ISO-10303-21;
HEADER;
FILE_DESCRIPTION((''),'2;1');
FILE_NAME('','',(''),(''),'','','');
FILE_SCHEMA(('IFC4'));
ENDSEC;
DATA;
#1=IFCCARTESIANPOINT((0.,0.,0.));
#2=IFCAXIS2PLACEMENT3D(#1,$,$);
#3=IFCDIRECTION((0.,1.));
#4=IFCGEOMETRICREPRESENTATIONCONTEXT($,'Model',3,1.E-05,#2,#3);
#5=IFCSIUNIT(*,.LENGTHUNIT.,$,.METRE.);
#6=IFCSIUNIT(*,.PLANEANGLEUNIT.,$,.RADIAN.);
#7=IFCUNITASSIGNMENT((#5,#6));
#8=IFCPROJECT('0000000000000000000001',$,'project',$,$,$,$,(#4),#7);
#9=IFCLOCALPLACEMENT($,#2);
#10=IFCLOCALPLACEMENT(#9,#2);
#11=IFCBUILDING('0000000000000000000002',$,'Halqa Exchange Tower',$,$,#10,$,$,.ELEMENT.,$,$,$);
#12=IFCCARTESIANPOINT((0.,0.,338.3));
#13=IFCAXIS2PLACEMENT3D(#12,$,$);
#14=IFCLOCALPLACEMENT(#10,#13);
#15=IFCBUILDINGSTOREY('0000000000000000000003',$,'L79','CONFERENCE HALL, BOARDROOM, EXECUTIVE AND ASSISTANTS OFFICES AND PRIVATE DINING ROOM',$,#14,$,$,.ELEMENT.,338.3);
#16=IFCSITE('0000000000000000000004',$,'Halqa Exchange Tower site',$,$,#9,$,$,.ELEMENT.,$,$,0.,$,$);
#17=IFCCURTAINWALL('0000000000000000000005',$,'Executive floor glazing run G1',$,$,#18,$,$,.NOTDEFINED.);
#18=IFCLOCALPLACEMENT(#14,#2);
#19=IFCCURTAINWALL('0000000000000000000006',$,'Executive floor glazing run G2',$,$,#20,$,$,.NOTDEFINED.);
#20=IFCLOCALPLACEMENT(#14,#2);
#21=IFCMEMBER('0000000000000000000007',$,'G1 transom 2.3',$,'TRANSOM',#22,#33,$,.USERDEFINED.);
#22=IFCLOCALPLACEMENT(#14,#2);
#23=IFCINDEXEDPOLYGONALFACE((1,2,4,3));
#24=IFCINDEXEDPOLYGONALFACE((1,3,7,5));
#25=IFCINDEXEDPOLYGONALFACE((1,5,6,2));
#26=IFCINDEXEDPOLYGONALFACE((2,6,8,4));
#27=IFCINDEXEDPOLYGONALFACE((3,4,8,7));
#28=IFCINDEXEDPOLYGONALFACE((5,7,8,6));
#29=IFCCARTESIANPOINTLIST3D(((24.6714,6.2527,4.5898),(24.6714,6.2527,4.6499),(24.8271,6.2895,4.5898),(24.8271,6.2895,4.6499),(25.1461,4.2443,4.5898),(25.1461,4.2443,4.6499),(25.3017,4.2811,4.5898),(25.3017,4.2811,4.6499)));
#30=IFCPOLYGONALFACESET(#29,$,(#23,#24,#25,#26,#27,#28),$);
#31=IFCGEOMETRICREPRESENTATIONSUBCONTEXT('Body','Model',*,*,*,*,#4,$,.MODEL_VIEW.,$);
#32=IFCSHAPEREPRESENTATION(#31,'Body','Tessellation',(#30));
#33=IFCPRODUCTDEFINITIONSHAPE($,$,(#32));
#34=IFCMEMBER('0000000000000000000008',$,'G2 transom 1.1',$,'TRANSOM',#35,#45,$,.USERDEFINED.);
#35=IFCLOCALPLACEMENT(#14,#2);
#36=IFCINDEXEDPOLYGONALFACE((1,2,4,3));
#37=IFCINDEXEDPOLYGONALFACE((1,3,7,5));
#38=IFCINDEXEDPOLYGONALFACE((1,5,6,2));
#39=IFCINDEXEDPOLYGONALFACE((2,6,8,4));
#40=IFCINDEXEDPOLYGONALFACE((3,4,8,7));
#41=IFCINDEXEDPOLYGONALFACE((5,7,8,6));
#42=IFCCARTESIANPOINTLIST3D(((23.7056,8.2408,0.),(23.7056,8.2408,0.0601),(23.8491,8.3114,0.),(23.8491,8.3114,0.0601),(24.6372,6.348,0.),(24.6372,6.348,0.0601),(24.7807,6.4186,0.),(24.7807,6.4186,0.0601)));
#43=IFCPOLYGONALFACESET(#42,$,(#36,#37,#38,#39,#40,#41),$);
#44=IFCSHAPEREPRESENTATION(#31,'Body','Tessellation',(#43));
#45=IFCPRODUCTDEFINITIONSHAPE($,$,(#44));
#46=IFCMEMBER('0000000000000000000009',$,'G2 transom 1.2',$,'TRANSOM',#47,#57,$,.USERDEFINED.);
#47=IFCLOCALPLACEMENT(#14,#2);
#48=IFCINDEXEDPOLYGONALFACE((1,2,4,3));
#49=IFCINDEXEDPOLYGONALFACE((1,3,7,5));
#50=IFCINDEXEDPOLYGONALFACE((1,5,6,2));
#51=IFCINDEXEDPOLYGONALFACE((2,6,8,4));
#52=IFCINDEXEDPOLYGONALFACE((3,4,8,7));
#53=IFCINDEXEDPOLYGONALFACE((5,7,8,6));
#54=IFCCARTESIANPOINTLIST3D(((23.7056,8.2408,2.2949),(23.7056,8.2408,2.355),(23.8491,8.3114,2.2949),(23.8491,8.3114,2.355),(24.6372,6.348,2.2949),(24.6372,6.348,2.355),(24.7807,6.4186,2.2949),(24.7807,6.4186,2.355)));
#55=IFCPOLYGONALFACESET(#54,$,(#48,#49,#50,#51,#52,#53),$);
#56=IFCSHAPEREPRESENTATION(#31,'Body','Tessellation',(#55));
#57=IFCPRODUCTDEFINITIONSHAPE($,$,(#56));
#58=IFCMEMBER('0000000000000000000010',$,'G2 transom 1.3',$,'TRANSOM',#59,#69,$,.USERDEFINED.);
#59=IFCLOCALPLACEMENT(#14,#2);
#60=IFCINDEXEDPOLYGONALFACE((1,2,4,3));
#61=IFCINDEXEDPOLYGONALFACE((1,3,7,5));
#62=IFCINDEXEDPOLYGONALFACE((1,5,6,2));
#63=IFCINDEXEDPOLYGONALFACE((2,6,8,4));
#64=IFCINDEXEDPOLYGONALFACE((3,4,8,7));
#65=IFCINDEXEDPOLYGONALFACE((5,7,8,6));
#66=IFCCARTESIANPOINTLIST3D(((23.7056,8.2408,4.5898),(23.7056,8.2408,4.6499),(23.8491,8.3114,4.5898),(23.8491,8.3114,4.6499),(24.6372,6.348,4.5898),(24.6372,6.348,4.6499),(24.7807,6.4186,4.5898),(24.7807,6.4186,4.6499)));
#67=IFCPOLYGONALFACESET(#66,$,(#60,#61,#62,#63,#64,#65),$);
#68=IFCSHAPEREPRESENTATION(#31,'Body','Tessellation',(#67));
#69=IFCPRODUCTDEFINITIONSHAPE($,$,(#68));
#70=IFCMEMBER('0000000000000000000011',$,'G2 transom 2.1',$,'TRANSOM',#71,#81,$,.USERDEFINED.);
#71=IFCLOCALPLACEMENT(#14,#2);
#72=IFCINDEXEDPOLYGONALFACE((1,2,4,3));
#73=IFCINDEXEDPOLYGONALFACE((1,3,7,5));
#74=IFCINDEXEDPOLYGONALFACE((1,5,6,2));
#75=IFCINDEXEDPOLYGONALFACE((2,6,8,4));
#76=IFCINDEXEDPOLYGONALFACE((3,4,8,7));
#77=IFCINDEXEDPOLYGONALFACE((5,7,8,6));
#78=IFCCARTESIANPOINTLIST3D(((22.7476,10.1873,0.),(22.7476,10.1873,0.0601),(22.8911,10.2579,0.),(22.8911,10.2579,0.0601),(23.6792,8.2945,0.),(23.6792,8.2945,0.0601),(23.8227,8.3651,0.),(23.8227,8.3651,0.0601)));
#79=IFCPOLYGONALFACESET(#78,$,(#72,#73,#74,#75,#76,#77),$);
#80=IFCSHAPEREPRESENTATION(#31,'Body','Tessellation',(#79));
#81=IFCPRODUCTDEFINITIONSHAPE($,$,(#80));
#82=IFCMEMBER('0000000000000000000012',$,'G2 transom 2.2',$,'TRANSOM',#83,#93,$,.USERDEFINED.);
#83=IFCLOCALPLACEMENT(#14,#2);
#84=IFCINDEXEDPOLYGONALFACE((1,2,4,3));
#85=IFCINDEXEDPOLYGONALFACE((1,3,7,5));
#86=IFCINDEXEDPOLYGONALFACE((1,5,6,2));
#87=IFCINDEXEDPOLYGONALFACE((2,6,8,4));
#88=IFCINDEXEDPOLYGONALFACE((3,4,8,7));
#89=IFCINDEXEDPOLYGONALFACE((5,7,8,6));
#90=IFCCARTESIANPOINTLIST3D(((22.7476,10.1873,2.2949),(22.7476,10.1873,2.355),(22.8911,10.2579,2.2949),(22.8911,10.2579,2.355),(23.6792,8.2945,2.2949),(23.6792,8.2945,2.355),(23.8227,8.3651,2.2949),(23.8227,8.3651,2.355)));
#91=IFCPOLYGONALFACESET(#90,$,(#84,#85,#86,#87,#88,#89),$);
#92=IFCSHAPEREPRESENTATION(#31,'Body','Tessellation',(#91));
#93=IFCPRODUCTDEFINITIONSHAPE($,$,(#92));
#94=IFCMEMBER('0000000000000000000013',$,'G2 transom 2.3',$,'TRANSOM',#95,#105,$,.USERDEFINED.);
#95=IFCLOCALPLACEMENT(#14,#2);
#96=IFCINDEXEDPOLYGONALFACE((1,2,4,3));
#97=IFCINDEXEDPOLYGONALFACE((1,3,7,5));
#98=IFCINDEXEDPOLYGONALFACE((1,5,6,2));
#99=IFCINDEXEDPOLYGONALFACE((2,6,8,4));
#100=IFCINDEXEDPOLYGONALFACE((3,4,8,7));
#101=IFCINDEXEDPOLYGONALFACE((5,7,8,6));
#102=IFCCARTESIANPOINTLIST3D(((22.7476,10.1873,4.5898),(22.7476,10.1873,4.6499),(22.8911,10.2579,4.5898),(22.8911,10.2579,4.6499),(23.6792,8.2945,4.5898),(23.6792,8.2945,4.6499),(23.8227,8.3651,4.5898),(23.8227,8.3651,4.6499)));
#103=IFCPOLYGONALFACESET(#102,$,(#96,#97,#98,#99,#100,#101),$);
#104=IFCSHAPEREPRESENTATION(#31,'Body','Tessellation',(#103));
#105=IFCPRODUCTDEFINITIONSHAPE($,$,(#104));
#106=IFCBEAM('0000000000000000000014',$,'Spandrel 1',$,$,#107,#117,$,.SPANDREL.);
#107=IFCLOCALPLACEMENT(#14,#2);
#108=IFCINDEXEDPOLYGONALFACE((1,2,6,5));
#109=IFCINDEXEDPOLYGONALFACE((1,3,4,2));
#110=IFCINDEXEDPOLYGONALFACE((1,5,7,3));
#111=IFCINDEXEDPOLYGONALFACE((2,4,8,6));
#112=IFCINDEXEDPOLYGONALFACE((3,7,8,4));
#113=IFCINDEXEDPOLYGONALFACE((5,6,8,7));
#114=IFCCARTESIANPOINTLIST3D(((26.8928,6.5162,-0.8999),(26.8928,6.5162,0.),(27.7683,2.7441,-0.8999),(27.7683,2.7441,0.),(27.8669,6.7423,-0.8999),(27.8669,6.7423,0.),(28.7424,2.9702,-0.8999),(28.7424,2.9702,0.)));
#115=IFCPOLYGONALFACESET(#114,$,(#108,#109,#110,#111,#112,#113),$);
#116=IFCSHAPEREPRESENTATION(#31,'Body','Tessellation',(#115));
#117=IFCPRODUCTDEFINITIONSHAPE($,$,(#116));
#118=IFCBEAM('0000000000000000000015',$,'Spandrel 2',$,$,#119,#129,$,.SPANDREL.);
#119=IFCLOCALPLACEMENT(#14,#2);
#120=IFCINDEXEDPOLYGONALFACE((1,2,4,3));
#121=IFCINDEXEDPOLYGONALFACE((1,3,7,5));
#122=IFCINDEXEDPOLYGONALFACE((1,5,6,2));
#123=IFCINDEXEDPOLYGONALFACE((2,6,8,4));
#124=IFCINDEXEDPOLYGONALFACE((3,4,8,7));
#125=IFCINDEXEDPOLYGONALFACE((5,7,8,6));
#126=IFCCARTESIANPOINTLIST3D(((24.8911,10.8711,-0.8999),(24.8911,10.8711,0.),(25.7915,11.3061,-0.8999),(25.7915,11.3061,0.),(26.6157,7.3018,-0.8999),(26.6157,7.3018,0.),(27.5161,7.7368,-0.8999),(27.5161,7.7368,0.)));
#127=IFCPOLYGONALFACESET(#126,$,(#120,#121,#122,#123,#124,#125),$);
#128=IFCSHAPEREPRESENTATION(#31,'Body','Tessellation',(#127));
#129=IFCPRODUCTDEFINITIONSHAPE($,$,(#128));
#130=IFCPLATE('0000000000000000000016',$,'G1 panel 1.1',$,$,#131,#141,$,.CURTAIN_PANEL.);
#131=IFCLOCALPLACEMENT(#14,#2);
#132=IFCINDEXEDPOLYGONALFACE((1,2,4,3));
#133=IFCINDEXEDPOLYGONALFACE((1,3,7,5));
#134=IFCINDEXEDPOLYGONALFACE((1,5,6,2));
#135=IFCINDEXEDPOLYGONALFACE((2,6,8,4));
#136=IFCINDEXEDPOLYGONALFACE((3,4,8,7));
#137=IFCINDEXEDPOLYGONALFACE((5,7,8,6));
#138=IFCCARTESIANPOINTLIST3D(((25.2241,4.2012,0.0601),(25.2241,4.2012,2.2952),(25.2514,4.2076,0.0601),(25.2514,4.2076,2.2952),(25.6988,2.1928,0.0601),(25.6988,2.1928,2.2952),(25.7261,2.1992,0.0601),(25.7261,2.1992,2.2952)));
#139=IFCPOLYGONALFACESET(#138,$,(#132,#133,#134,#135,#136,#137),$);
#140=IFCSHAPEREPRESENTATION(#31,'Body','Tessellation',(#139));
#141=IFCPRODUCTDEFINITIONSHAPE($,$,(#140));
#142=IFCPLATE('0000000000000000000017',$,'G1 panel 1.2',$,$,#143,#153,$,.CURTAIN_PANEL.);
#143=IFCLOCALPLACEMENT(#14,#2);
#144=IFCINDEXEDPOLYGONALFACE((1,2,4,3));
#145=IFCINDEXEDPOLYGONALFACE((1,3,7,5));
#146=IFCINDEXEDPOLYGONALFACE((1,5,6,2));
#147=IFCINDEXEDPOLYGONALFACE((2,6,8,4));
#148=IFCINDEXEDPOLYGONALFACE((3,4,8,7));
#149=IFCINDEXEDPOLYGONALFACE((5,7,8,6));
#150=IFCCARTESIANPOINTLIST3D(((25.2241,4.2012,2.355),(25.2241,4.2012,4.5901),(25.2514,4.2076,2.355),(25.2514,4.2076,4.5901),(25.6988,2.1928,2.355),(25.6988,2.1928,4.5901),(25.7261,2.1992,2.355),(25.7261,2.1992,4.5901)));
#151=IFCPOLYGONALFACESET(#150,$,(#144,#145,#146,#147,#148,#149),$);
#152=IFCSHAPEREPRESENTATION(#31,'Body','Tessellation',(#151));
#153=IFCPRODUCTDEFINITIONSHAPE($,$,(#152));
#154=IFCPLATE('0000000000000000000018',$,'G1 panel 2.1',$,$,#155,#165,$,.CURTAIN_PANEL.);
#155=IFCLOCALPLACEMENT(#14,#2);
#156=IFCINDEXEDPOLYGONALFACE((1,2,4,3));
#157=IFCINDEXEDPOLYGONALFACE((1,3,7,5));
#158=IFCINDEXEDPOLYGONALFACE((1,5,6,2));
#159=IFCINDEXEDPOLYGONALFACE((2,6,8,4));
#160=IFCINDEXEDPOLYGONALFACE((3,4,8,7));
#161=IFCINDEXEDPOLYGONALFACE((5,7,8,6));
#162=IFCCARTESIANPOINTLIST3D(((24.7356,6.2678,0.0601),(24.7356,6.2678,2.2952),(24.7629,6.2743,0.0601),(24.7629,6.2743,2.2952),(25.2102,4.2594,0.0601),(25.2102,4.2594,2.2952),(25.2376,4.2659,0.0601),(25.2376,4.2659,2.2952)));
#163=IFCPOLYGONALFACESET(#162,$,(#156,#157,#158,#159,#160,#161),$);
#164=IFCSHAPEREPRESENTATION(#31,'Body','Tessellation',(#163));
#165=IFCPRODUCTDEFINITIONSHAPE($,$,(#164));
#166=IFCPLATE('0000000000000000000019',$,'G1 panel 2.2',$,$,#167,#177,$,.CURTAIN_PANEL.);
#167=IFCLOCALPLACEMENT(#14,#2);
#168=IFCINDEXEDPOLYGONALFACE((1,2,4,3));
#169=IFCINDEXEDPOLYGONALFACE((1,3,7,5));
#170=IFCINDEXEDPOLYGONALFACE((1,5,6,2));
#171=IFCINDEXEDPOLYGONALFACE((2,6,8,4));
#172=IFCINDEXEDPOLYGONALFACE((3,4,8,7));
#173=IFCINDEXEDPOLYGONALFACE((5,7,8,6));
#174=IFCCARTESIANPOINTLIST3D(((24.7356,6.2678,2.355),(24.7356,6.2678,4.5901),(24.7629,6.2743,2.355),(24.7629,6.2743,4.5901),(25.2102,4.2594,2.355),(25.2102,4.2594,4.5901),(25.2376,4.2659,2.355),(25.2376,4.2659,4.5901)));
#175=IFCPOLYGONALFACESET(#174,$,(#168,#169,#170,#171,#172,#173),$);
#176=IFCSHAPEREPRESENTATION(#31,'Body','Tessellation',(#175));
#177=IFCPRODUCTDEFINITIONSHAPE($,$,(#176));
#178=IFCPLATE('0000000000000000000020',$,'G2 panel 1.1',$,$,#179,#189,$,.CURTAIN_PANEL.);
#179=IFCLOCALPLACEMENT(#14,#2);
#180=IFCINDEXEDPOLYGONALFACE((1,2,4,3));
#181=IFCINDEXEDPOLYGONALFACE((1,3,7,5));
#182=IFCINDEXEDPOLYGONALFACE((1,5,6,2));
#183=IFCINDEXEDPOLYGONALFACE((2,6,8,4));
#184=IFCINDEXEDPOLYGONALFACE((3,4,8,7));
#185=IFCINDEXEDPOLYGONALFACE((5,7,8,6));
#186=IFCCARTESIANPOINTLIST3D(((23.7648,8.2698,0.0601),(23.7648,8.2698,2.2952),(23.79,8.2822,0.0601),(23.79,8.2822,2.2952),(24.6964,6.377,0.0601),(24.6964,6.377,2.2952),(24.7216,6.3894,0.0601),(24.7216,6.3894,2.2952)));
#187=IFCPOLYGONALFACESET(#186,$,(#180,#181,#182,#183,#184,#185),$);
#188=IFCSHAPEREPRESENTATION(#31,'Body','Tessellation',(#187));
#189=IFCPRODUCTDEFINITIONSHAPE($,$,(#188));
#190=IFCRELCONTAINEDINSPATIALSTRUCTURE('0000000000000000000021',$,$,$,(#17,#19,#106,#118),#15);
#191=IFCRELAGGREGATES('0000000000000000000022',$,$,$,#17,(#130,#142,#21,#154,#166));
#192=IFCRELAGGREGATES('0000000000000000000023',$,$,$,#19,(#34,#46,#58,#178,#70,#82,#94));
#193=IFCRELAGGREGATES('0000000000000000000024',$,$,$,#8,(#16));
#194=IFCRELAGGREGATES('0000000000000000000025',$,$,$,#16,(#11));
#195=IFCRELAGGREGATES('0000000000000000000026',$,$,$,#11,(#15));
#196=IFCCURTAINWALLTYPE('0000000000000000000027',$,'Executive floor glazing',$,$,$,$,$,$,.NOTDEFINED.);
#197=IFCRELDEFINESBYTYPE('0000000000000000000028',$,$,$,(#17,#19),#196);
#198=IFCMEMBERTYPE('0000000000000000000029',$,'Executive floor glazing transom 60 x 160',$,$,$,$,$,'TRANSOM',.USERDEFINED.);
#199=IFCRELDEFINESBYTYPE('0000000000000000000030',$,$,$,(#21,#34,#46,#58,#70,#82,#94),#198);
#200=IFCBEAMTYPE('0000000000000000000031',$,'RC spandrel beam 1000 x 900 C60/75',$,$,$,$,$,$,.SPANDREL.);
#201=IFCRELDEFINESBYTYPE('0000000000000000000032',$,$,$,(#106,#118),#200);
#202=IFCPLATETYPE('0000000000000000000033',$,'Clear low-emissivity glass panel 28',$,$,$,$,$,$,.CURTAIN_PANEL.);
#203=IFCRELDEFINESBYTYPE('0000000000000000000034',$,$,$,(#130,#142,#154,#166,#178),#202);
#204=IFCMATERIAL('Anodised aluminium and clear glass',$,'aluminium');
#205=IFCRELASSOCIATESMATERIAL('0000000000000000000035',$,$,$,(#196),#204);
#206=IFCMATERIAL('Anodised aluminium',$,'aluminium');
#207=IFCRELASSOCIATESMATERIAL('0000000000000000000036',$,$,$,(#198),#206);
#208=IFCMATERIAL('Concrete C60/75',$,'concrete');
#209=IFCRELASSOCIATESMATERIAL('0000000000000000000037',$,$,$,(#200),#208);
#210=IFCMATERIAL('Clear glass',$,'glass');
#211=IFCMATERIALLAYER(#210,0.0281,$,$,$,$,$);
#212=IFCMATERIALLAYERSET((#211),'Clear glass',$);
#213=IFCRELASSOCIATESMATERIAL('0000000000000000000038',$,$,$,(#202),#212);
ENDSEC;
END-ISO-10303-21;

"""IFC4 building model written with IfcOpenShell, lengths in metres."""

from ifc_helpers import new_model, si_unit, direction, frame, origin, origin_2d, place, context, subcontext, project, spatial, rectangle, extrude, material, layer, layer_set, material_profile, profile_set, type_object, element, aggregate, save


model = new_model("IFC4")

# Units and contexts
model_context = context("Model", 3, precision=1e-05, world=origin(), true_north=direction((0.0, 1.0)))
body_context = subcontext(model_context, "Body", "Model", "MODEL_VIEW")
ifc_project = project(units=[si_unit("LENGTHUNIT", "METRE"), si_unit("PLANEANGLEUNIT", "RADIAN")], contexts=[model_context])

# Site, building, storey
site_placement = place(None, origin())
site = spatial("IfcSite", under=ifc_project, at=site_placement, Name="Halqa Exchange Tower site", CompositionType="ELEMENT", RefElevation=0.0)
building_placement = place(site_placement, origin())
building = spatial("IfcBuilding", under=site, at=building_placement, Name="Halqa Exchange Tower", CompositionType="ELEMENT")
storey_placement = place(building_placement, frame((0.0, 0.0, 338.3)))
storey = spatial("IfcBuildingStorey", under=building, at=storey_placement, Name="L79", Description="CONFERENCE HALL, BOARDROOM, EXECUTIVE AND ASSISTANTS OFFICES AND PRIVATE DINING ROOM", CompositionType="ELEMENT", Elevation=338.3)

# Curtain walls
ifc_material_1 = material(Name="Anodised aluminium and clear glass", Category="aluminium")
curtain_wall_type = type_object("IfcCurtainWallType", Name="Executive floor glazing", PredefinedType="NOTDEFINED", material=ifc_material_1)
curtain_wall_1_placement = place(storey_placement, origin())
curtain_wall_1 = element("IfcCurtainWall", 1, at=curtain_wall_1_placement, inside=storey, type_object=curtain_wall_type, Name="Executive floor glazing run G1", PredefinedType="NOTDEFINED")
ifc_material_2 = material(Name="Anodised aluminium", Category="aluminium")
curtain_wall_2_placement = place(storey_placement, origin())
curtain_wall_2 = element("IfcCurtainWall", 2, at=curtain_wall_2_placement, inside=storey, type_object=curtain_wall_type, Name="Executive floor glazing run G2", PredefinedType="NOTDEFINED")

# Members
ifc_material_profile_1 = material_profile(ifc_material_2, rectangle(XDim=0.1599, YDim=0.0601, at=origin_2d()), Name="AL 60x160")
ifc_profile_set_1 = profile_set([ifc_material_profile_1], Name="Anodised aluminium")
member_type_1 = type_object("IfcMemberType", Name="Executive floor glazing transom 60 x 160", ElementType="TRANSOM", PredefinedType="USERDEFINED", material=ifc_profile_set_1)
member_1_placement = place(storey_placement, frame((25.2239, 4.2627, 4.6199), z_axis=(-0.229989, 0.973193, 0.0), x_axis=(-0.973193, -0.229989, 0.0)))
member_1 = element("IfcMember", 3, at=member_1_placement, type_object=member_type_1, Name="G1 transom 2.3", ObjectType="TRANSOM", PredefinedType="USERDEFINED", context=body_context, shape_type="SweptSolid", body=[
    extrude(rectangle(XDim=0.1599, YDim=0.0601, at=origin_2d()), origin(), (0.0, 0.0, 1.0), 2.0637),
])
member_2_placement = place(storey_placement, frame((24.709, 6.3833, 0.03), z_axis=(-0.441604, 0.89721, 0.0), x_axis=(-0.89721, -0.441604, 0.0)))
member_2 = element("IfcMember", 4, at=member_2_placement, type_object=member_type_1, Name="G2 transom 1.1", ObjectType="TRANSOM", PredefinedType="USERDEFINED", context=body_context, shape_type="SweptSolid", body=[
    extrude(rectangle(XDim=0.1599, YDim=0.0601, at=origin_2d()), origin(), (0.0, 0.0, 1.0), 2.1096),
])
member_3_placement = place(storey_placement, frame((24.709, 6.3833, 2.325), z_axis=(-0.441604, 0.89721, 0.0), x_axis=(-0.89721, -0.441604, 0.0)))
member_3 = element("IfcMember", 5, at=member_3_placement, type_object=member_type_1, Name="G2 transom 1.2", ObjectType="TRANSOM", PredefinedType="USERDEFINED", context=body_context, shape_type="SweptSolid", body=[
    extrude(rectangle(XDim=0.1599, YDim=0.0601, at=origin_2d()), origin(), (0.0, 0.0, 1.0), 2.1096),
])
member_4_placement = place(storey_placement, frame((24.709, 6.3833, 4.6199), z_axis=(-0.441604, 0.89721, 0.0), x_axis=(-0.89721, -0.441604, 0.0)))
member_4 = element("IfcMember", 6, at=member_4_placement, type_object=member_type_1, Name="G2 transom 1.3", ObjectType="TRANSOM", PredefinedType="USERDEFINED", context=body_context, shape_type="SweptSolid", body=[
    extrude(rectangle(XDim=0.1599, YDim=0.0601, at=origin_2d()), origin(), (0.0, 0.0, 1.0), 2.1096),
])
member_5_placement = place(storey_placement, frame((23.751, 8.3298, 0.03), z_axis=(-0.441604, 0.89721, 0.0), x_axis=(-0.89721, -0.441604, 0.0)))
member_5 = element("IfcMember", 7, at=member_5_placement, type_object=member_type_1, Name="G2 transom 2.1", ObjectType="TRANSOM", PredefinedType="USERDEFINED", context=body_context, shape_type="SweptSolid", body=[
    extrude(rectangle(XDim=0.1599, YDim=0.0601, at=origin_2d()), origin(), (0.0, 0.0, 1.0), 2.1096),
])
member_6_placement = place(storey_placement, frame((23.751, 8.3298, 2.325), z_axis=(-0.441604, 0.89721, 0.0), x_axis=(-0.89721, -0.441604, 0.0)))
member_6 = element("IfcMember", 8, at=member_6_placement, type_object=member_type_1, Name="G2 transom 2.2", ObjectType="TRANSOM", PredefinedType="USERDEFINED", context=body_context, shape_type="SweptSolid", body=[
    extrude(rectangle(XDim=0.1599, YDim=0.0601, at=origin_2d()), origin(), (0.0, 0.0, 1.0), 2.1096),
])
member_7_placement = place(storey_placement, frame((23.751, 8.3298, 4.6199), z_axis=(-0.441604, 0.89721, 0.0), x_axis=(-0.89721, -0.441604, 0.0)))
member_7 = element("IfcMember", 9, at=member_7_placement, type_object=member_type_1, Name="G2 transom 2.3", ObjectType="TRANSOM", PredefinedType="USERDEFINED", context=body_context, shape_type="SweptSolid", body=[
    extrude(rectangle(XDim=0.1599, YDim=0.0601, at=origin_2d()), origin(), (0.0, 0.0, 1.0), 2.1096),
])

# Beams
ifc_material_3 = material(Name="Concrete C60/75", Category="concrete")
ifc_material_profile_2 = material_profile(ifc_material_3, rectangle(XDim=1.0, YDim=0.8999, at=origin_2d()), Name="1000 x 900")
ifc_profile_set_2 = profile_set([ifc_material_profile_2], Name="Concrete C60/75")
beam_type = type_object("IfcBeamType", Name="RC spandrel beam 1000 x 900 C60/75", PredefinedType="SPANDREL", material=ifc_profile_set_2)
beam_1_placement = place(storey_placement, frame((28.2554, 2.8572, -0.45), z_axis=(-0.226093, 0.974106, 0.0), x_axis=(-0.974106, -0.226093, 0.0)))
element("IfcBeam", 10, at=beam_1_placement, inside=storey, type_object=beam_type, Name="Spandrel 1", PredefinedType="SPANDREL", context=body_context, shape_type="SweptSolid", body=[
    extrude(rectangle(XDim=1.0, YDim=0.8999, at=origin_2d()), origin(), (0.0, 0.0, 1.0), 3.8723),
])
beam_2_placement = place(storey_placement, frame((27.0659, 7.5193, -0.45), z_axis=(-0.435052, 0.900405, 0.0), x_axis=(-0.900405, -0.435052, 0.0)))
element("IfcBeam", 11, at=beam_2_placement, inside=storey, type_object=beam_type, Name="Spandrel 2", PredefinedType="SPANDREL", context=body_context, shape_type="SweptSolid", body=[
    extrude(rectangle(XDim=1.0, YDim=0.8999, at=origin_2d()), origin(), (0.0, 0.0, 1.0), 3.9641),
])

# Plates
ifc_material_4 = material(Name="Clear glass", Category="glass")
ifc_layer_1 = layer(ifc_material_4, 0.0281)
ifc_layer_set_1 = layer_set([ifc_layer_1], Name="Clear glass")
plate_type = type_object("IfcPlateType", Name="Clear low-emissivity glass panel 28", PredefinedType="CURTAIN_PANEL", material=ifc_layer_set_1)
plate_1_placement = place(storey_placement, frame((25.4751, 3.2002, 0.0601), z_axis=(0.0, 0.0, 1.0), x_axis=(-0.229995, 0.973192, 0.0)))
plate_1 = element("IfcPlate", 12, at=plate_1_placement, type_object=plate_type, Name="G1 panel 1.1", PredefinedType="CURTAIN_PANEL", context=body_context, shape_type="SweptSolid", body=[
    extrude(rectangle(XDim=2.0637, YDim=0.0281, at=origin_2d()), origin(), (0.0, 0.0, 1.0), 2.2351),
])
plate_2_placement = place(storey_placement, frame((25.4751, 3.2002, 2.355), z_axis=(0.0, 0.0, 1.0), x_axis=(-0.229995, 0.973192, 0.0)))
plate_2 = element("IfcPlate", 13, at=plate_2_placement, type_object=plate_type, Name="G1 panel 1.2", PredefinedType="CURTAIN_PANEL", context=body_context, shape_type="SweptSolid", body=[
    extrude(rectangle(XDim=2.0637, YDim=0.0281, at=origin_2d()), origin(), (0.0, 0.0, 1.0), 2.2351),
])
plate_3_placement = place(storey_placement, frame((24.9866, 5.2668, 0.0601), z_axis=(0.0, 0.0, 1.0), x_axis=(-0.229995, 0.973192, 0.0)))
plate_3 = element("IfcPlate", 14, at=plate_3_placement, type_object=plate_type, Name="G1 panel 2.1", PredefinedType="CURTAIN_PANEL", context=body_context, shape_type="SweptSolid", body=[
    extrude(rectangle(XDim=2.0637, YDim=0.0281, at=origin_2d()), origin(), (0.0, 0.0, 1.0), 2.2351),
])
plate_4_placement = place(storey_placement, frame((24.9866, 5.2668, 2.355), z_axis=(0.0, 0.0, 1.0), x_axis=(-0.229995, 0.973192, 0.0)))
plate_4 = element("IfcPlate", 15, at=plate_4_placement, type_object=plate_type, Name="G1 panel 2.2", PredefinedType="CURTAIN_PANEL", context=body_context, shape_type="SweptSolid", body=[
    extrude(rectangle(XDim=2.0637, YDim=0.0281, at=origin_2d()), origin(), (0.0, 0.0, 1.0), 2.2351),
])
aggregate(curtain_wall_1, [plate_1, plate_2, member_1, plate_3, plate_4])
plate_5_placement = place(storey_placement, frame((24.2432, 7.3296, 0.0601), z_axis=(0.0, 0.0, 1.0), x_axis=(-0.441595, 0.897215, 0.0)))
plate_5 = element("IfcPlate", 16, at=plate_5_placement, type_object=plate_type, Name="G2 panel 1.1", PredefinedType="CURTAIN_PANEL", context=body_context, shape_type="SweptSolid", body=[
    extrude(rectangle(XDim=2.1096, YDim=0.0281, at=origin_2d()), origin(), (0.0, 0.0, 1.0), 2.2351),
])
aggregate(curtain_wall_2, [member_2, member_3, member_4, plate_5, member_5, member_6, member_7])

save(model, "model.ifc")
